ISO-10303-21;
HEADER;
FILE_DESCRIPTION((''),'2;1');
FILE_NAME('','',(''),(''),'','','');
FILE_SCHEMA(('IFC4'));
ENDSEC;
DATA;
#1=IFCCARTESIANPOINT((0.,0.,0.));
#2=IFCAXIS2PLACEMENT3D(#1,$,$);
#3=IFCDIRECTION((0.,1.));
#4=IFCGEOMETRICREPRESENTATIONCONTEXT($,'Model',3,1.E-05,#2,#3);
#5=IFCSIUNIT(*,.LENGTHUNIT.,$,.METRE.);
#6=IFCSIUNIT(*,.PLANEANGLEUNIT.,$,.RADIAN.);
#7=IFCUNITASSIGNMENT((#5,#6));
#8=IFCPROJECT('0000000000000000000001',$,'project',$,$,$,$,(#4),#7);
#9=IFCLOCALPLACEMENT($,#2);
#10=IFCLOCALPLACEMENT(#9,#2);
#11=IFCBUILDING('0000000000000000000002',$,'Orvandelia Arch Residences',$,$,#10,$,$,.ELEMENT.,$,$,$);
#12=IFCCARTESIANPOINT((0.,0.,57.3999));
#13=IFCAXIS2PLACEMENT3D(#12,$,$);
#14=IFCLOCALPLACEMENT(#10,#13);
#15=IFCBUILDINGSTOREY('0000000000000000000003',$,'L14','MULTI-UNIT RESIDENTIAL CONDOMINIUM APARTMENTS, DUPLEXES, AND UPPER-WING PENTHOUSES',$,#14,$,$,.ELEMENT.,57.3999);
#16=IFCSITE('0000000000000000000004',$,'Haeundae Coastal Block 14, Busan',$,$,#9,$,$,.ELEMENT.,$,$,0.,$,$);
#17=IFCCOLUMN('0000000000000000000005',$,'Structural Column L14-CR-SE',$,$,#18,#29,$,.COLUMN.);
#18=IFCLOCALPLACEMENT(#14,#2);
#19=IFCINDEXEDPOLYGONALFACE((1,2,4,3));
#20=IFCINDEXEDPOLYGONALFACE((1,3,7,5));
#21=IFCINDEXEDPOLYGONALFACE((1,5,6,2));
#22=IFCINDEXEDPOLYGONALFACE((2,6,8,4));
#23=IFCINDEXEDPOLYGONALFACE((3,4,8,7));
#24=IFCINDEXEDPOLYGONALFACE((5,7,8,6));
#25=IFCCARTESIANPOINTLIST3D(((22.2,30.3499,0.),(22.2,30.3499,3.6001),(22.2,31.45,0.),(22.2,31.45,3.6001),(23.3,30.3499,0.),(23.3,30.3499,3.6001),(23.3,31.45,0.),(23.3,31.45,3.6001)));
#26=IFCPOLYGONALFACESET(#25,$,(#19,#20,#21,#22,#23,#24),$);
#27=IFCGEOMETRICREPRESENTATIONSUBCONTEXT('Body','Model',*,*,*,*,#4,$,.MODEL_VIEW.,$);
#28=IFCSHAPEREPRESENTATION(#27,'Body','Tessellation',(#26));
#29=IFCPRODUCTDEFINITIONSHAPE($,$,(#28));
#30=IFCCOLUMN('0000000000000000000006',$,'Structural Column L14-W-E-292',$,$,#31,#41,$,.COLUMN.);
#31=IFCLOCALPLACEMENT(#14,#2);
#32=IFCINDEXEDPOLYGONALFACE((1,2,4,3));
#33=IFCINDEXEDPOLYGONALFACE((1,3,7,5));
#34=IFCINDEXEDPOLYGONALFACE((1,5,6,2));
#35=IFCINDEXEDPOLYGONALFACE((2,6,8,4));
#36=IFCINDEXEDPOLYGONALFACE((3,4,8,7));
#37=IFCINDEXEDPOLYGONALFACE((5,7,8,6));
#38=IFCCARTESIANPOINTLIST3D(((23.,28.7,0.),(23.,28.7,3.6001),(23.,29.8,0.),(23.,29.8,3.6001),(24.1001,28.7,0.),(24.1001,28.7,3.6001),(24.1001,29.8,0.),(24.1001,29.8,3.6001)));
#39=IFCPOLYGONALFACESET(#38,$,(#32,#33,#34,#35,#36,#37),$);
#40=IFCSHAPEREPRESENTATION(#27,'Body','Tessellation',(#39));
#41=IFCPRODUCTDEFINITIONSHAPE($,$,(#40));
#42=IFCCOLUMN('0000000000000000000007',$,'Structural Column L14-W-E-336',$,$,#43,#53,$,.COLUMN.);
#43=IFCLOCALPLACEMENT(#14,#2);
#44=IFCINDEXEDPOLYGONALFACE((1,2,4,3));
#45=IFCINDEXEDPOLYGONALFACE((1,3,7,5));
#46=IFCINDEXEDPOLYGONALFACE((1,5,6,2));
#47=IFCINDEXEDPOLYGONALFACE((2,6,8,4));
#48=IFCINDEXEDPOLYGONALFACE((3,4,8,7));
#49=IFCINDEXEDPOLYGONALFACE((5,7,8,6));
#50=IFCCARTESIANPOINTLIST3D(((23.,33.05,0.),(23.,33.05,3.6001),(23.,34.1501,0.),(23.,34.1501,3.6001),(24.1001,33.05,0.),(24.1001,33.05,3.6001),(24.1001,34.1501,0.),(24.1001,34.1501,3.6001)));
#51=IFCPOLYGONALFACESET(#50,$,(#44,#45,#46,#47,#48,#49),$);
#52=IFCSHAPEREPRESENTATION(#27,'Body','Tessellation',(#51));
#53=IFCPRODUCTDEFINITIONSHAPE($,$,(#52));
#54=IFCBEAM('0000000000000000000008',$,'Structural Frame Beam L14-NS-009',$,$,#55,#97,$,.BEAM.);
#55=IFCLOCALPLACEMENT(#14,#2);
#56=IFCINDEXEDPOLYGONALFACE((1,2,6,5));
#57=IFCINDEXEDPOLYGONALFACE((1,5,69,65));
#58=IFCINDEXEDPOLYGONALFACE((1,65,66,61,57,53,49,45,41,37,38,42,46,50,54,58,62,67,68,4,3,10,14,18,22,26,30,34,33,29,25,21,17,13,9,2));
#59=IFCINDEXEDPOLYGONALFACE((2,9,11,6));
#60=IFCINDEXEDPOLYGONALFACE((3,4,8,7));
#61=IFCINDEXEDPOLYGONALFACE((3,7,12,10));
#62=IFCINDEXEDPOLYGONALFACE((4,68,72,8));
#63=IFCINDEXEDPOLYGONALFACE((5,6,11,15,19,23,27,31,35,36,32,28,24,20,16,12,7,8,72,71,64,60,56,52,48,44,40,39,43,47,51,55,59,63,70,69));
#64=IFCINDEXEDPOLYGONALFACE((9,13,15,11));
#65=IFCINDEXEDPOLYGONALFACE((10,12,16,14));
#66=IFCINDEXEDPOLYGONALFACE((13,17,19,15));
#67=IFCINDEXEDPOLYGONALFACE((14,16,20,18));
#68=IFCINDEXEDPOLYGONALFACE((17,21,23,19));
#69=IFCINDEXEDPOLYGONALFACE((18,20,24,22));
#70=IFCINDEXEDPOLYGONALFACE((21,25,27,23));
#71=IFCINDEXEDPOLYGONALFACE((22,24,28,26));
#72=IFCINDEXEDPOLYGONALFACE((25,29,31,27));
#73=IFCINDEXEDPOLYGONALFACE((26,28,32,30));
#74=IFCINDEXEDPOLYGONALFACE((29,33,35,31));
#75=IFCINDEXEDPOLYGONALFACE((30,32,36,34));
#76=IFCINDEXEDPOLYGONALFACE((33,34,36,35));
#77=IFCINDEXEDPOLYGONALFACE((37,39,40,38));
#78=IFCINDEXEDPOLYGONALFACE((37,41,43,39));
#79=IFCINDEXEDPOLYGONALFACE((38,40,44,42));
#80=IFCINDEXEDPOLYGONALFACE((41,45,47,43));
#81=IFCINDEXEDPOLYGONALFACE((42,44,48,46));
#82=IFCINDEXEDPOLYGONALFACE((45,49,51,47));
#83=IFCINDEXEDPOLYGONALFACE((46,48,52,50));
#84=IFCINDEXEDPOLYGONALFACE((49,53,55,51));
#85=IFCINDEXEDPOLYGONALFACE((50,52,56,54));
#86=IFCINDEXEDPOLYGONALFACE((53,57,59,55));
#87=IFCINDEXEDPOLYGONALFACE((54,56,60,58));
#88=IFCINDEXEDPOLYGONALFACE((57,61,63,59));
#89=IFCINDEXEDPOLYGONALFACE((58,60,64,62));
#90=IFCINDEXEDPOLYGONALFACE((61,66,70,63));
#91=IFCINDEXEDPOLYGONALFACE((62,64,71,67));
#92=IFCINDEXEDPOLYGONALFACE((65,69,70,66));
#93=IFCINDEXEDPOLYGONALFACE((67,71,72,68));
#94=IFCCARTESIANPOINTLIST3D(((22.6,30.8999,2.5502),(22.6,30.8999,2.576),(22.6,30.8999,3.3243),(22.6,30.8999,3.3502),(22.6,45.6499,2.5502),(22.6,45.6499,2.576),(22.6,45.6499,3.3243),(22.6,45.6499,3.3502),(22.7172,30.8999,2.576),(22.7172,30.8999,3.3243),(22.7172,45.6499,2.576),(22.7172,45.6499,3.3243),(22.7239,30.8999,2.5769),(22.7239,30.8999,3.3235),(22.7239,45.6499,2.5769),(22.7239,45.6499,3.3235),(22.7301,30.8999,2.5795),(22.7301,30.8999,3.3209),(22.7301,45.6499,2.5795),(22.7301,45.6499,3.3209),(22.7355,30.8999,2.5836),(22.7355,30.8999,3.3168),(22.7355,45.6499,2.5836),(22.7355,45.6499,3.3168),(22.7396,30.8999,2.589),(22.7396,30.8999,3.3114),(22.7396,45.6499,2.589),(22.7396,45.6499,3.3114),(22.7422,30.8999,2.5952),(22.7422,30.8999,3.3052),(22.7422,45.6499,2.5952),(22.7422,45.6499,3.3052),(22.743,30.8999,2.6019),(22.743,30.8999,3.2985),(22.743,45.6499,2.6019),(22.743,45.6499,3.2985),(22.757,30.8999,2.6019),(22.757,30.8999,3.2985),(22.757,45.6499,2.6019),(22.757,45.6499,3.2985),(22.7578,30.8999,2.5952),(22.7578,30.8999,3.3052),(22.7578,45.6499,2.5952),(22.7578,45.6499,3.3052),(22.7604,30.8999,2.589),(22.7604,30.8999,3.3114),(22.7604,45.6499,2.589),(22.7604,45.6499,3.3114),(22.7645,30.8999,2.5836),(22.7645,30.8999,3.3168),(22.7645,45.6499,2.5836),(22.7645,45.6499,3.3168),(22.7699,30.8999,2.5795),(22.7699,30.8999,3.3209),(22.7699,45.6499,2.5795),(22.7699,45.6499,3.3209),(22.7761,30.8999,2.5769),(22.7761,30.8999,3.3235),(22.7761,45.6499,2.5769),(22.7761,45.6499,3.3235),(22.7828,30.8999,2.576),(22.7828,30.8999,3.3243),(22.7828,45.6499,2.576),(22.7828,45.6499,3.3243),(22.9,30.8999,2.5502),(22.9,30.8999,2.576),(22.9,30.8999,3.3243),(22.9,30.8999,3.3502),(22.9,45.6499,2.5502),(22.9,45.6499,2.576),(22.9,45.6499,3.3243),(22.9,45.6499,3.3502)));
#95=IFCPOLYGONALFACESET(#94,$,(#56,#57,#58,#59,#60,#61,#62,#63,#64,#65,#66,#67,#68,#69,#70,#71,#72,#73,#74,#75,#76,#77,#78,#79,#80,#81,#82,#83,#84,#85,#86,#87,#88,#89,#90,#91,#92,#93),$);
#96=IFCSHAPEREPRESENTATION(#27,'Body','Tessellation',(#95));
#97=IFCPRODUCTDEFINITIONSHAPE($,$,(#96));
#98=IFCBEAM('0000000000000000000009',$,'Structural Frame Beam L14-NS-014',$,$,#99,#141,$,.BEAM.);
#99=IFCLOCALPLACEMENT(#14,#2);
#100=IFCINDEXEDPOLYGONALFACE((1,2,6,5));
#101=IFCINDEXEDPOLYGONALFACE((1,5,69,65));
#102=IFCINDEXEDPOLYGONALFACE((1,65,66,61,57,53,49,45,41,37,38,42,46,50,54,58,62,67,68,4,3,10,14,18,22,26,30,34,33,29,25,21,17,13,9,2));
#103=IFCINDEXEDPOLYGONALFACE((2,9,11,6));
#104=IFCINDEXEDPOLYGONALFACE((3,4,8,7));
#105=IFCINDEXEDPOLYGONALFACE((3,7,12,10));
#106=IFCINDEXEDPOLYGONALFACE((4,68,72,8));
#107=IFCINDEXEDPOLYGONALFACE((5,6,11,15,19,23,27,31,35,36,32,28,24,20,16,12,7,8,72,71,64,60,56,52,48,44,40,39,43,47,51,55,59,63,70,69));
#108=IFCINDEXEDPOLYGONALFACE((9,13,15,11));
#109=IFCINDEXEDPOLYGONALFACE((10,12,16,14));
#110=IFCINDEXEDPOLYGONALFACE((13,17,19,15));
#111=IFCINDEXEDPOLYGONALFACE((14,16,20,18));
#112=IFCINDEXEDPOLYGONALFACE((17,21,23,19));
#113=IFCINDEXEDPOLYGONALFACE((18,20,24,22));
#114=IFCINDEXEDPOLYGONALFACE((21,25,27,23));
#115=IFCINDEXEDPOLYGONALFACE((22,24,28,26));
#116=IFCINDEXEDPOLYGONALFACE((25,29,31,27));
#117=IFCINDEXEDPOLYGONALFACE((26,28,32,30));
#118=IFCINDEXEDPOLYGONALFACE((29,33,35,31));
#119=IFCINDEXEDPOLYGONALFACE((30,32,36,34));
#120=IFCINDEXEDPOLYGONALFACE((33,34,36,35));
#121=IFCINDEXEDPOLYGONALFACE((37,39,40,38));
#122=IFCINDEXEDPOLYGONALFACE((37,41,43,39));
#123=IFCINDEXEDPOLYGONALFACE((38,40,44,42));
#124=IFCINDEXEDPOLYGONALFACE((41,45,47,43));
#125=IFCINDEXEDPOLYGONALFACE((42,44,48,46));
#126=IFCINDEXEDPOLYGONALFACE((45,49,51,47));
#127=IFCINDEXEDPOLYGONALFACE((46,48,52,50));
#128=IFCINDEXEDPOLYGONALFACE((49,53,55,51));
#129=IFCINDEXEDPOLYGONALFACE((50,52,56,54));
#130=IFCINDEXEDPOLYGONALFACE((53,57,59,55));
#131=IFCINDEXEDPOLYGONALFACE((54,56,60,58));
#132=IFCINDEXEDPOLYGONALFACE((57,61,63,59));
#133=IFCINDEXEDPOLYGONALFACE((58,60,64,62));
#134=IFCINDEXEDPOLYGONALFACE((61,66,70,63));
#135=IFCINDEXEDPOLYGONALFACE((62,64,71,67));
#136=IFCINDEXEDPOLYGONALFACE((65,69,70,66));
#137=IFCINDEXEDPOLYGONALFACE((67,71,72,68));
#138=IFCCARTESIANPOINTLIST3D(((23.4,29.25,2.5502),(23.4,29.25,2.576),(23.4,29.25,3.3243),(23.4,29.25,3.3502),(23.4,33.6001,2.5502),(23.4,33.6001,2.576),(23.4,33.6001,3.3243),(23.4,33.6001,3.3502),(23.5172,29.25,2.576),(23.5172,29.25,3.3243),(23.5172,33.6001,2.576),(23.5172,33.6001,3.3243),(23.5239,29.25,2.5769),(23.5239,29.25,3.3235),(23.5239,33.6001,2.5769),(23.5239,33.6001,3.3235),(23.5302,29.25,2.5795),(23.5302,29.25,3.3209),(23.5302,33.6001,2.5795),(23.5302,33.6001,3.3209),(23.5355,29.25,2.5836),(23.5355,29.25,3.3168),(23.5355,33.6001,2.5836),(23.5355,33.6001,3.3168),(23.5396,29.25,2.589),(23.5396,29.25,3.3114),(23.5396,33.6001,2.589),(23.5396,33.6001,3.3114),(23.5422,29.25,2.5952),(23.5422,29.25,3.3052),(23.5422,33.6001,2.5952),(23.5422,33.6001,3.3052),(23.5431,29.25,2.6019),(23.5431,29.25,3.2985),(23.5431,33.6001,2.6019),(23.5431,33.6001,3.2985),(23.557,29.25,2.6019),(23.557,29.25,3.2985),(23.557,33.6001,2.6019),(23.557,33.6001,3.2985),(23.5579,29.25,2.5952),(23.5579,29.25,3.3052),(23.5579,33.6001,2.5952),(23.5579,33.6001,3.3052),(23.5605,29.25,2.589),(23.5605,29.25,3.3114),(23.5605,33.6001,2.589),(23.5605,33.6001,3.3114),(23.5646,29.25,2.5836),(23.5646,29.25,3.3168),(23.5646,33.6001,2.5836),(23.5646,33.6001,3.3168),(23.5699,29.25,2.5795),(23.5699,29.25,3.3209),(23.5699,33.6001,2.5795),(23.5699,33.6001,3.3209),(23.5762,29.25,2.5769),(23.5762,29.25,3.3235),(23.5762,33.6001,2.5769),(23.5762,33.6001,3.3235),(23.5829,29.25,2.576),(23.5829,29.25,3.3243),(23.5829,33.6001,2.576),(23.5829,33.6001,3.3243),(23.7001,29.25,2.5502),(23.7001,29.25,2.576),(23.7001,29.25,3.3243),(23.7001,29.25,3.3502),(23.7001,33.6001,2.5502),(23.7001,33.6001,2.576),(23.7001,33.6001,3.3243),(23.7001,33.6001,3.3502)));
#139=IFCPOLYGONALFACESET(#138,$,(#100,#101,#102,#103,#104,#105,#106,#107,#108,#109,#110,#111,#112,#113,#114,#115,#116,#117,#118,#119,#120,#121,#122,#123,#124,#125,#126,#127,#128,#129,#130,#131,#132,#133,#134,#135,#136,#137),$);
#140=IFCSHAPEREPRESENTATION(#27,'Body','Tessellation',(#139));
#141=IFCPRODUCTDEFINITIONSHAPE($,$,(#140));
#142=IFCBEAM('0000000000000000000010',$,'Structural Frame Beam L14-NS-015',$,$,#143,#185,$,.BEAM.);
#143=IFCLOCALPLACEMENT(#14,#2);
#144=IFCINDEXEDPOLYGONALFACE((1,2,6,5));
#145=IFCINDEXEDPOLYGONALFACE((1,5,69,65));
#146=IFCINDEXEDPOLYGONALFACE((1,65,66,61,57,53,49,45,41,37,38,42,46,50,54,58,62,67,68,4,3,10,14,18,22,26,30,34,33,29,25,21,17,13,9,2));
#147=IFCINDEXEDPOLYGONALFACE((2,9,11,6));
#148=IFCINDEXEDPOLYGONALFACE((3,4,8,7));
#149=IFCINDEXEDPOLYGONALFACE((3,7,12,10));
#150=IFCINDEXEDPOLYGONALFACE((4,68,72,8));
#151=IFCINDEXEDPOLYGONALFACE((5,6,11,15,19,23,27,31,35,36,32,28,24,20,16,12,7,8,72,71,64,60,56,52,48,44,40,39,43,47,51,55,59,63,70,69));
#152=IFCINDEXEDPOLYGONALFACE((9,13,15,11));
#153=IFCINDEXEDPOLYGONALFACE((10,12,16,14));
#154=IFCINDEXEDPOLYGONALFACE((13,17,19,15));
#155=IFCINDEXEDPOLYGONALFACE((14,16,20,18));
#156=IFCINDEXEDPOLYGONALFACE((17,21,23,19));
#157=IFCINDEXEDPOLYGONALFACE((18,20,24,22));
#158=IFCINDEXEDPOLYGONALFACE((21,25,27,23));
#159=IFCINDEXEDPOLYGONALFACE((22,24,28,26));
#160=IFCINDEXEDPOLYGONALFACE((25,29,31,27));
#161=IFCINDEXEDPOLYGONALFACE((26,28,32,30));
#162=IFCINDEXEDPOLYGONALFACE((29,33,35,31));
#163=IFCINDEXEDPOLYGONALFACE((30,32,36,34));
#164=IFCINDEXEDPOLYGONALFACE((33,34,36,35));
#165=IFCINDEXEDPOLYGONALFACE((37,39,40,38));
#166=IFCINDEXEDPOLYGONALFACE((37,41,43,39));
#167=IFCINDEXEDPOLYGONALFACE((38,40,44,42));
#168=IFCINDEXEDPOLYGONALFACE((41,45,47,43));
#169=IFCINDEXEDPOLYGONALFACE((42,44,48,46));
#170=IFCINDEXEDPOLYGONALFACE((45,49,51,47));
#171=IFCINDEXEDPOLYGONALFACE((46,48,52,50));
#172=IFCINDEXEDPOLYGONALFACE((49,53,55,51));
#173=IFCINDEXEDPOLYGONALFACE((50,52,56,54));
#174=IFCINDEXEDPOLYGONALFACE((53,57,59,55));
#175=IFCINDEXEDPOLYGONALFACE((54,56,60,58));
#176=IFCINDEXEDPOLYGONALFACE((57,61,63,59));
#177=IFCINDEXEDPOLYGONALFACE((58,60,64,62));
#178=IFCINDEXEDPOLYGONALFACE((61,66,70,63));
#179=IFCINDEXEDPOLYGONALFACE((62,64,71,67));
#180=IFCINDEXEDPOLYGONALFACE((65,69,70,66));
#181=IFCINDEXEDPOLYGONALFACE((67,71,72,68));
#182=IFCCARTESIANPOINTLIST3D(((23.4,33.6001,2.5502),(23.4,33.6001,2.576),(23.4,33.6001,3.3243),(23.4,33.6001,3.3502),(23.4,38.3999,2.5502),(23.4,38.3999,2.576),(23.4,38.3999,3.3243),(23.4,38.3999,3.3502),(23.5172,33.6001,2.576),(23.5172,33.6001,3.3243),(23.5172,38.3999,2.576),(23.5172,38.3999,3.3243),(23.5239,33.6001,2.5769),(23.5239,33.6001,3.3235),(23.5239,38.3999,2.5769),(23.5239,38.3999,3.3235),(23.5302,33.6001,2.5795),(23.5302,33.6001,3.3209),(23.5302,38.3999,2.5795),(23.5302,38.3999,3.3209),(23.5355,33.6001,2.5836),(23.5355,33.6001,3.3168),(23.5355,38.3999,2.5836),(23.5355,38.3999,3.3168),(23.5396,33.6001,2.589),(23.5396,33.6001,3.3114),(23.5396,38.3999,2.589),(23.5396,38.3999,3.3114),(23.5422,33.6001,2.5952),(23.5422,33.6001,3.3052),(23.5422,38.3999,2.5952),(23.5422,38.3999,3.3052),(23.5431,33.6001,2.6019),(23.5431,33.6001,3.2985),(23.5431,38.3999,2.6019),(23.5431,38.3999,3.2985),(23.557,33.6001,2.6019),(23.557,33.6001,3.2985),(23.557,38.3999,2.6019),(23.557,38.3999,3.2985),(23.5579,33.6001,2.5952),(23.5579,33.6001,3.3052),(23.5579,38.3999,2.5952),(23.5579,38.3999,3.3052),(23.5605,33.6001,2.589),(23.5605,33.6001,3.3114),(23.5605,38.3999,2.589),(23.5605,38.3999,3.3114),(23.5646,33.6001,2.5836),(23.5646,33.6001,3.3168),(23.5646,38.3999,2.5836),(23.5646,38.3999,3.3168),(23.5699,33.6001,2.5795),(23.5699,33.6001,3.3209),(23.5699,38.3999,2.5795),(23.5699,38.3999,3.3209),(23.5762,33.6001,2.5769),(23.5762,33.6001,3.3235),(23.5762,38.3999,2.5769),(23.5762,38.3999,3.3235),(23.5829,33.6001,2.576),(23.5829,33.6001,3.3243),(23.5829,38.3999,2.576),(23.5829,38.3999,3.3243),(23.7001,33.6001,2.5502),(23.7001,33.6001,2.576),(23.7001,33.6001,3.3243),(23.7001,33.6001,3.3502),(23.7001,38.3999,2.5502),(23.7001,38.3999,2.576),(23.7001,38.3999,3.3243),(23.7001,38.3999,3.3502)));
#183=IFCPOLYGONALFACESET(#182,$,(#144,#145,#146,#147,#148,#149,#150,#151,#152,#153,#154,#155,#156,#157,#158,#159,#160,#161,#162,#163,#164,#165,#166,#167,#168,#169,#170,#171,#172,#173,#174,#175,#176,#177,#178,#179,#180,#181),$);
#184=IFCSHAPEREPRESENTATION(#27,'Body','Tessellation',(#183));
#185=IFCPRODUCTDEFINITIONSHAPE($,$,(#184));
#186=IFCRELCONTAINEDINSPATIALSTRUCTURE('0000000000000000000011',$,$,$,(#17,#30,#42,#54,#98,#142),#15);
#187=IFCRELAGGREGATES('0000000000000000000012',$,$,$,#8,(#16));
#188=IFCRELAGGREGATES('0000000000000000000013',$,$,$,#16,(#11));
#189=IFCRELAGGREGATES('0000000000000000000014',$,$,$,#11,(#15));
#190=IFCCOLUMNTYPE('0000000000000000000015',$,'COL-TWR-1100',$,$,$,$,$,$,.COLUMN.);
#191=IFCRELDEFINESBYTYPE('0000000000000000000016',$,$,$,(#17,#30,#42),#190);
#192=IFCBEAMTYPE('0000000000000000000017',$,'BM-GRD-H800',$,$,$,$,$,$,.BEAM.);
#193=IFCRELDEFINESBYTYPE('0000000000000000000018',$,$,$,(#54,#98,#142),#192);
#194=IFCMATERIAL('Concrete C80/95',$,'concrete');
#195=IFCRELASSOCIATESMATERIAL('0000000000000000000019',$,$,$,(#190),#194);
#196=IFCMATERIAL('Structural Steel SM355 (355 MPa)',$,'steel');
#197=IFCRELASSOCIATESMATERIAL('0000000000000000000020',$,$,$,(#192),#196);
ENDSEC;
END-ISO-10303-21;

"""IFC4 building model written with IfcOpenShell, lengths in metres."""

from ifc_helpers import new_model, si_unit, direction, frame, origin, origin_2d, place, context, subcontext, project, spatial, rectangle, i_section, extrude, material, material_profile, profile_set, type_object, element, save


model = new_model("IFC4")

# Units and contexts
model_context = context("Model", 3, precision=1e-05, world=origin(), true_north=direction((0.0, 1.0)))
body_context = subcontext(model_context, "Body", "Model", "MODEL_VIEW")
ifc_project = project(units=[si_unit("LENGTHUNIT", "METRE"), si_unit("PLANEANGLEUNIT", "RADIAN")], contexts=[model_context])

# Site, building, storey
site_placement = place(None, origin())
site = spatial("IfcSite", under=ifc_project, at=site_placement, Name="Haeundae Coastal Block 14, Busan", CompositionType="ELEMENT", RefElevation=0.0)
building_placement = place(site_placement, origin())
building = spatial("IfcBuilding", under=site, at=building_placement, Name="Orvandelia Arch Residences", CompositionType="ELEMENT")
storey_placement = place(building_placement, frame((0.0, 0.0, 57.3999)))
storey = spatial("IfcBuildingStorey", under=building, at=storey_placement, Name="L14", Description="MULTI-UNIT RESIDENTIAL CONDOMINIUM APARTMENTS, DUPLEXES, AND UPPER-WING PENTHOUSES", CompositionType="ELEMENT", Elevation=57.3999)

# Columns
ifc_material_1 = material(Name="Concrete C80/95", Category="concrete")
ifc_material_profile_1 = material_profile(ifc_material_1, rectangle(XDim=1.1001, YDim=1.1001, at=origin_2d()), Name="Concrete C80/95", Category="concrete")
ifc_profile_set_1 = profile_set([ifc_material_profile_1], Name="Concrete C80/95")
column_type = type_object("IfcColumnType", Name="COL-TWR-1100", PredefinedType="COLUMN", material=ifc_profile_set_1)
for number, where, z_axis, x_axis, name in (
    (1, (22.75, 30.8999, 0.0), (0.0, 0.0, 1.0), (1.0, 0.0, 0.0), "Structural Column L14-CR-SE"),
    (2, (23.55, 29.25, 0.0), (0.0, 0.0, 1.0), (1.0, 0.0, 0.0), "Structural Column L14-W-E-292"),
    (3, (23.55, 33.6001, 0.0), (0.0, 0.0, 1.0), (1.0, 0.0, 0.0), "Structural Column L14-W-E-336"),
):
    element("IfcColumn", number, at=place(storey_placement, frame(where, z_axis=z_axis, x_axis=x_axis)), inside=storey, type_object=column_type, Name=name, PredefinedType="COLUMN", context=body_context, shape_type="SweptSolid", body=[
        extrude(rectangle(XDim=1.1001, YDim=1.1001, at=origin_2d()), origin(), (0.0, 0.0, 1.0), 3.6001),
    ])

# Beams
ifc_material_2 = material(Name="Structural Steel SM355 (355 MPa)", Category="steel")
ifc_material_profile_2 = material_profile(ifc_material_2, i_section(OverallWidth=0.3, OverallDepth=0.8, WebThickness=0.0139, FlangeThickness=0.0259, FilletRadius=0.0259, at=origin_2d()), Name="Structural Steel SM355 (355 MPa)", Category="steel")
ifc_profile_set_2 = profile_set([ifc_material_profile_2], Name="Structural Steel SM355 (355 MPa)")
beam_type = type_object("IfcBeamType", Name="BM-GRD-H800", PredefinedType="BEAM", material=ifc_profile_set_2)
beam_1_placement = place(storey_placement, frame((22.75, 30.8999, 2.9502), z_axis=(0.0, 1.0, 0.0), x_axis=(-1.0, 0.0, 0.0)))
element("IfcBeam", 4, at=beam_1_placement, inside=storey, type_object=beam_type, Name="Structural Frame Beam L14-NS-009", PredefinedType="BEAM", context=body_context, shape_type="SweptSolid", body=[
    extrude(i_section(OverallWidth=0.3, OverallDepth=0.8, WebThickness=0.0139, FlangeThickness=0.0259, FilletRadius=0.0259, at=origin_2d()), origin(), (0.0, 0.0, 1.0), 14.75),
])
beam_2_placement = place(storey_placement, frame((23.55, 29.25, 2.9502), z_axis=(0.0, 1.0, 0.0), x_axis=(-1.0, 0.0, 0.0)))
element("IfcBeam", 5, at=beam_2_placement, inside=storey, type_object=beam_type, Name="Structural Frame Beam L14-NS-014", PredefinedType="BEAM", context=body_context, shape_type="SweptSolid", body=[
    extrude(i_section(OverallWidth=0.3, OverallDepth=0.8, WebThickness=0.0139, FlangeThickness=0.0259, FilletRadius=0.0259, at=origin_2d()), origin(), (0.0, 0.0, 1.0), 4.3501),
])
beam_3_placement = place(storey_placement, frame((23.55, 33.6001, 2.9502), z_axis=(0.0, 1.0, 0.0), x_axis=(-1.0, 0.0, 0.0)))
element("IfcBeam", 6, at=beam_3_placement, inside=storey, type_object=beam_type, Name="Structural Frame Beam L14-NS-015", PredefinedType="BEAM", context=body_context, shape_type="SweptSolid", body=[
    extrude(i_section(OverallWidth=0.3, OverallDepth=0.8, WebThickness=0.0139, FlangeThickness=0.0259, FilletRadius=0.0259, at=origin_2d()), origin(), (0.0, 0.0, 1.0), 4.7998),
])

save(model, "model.ifc")
